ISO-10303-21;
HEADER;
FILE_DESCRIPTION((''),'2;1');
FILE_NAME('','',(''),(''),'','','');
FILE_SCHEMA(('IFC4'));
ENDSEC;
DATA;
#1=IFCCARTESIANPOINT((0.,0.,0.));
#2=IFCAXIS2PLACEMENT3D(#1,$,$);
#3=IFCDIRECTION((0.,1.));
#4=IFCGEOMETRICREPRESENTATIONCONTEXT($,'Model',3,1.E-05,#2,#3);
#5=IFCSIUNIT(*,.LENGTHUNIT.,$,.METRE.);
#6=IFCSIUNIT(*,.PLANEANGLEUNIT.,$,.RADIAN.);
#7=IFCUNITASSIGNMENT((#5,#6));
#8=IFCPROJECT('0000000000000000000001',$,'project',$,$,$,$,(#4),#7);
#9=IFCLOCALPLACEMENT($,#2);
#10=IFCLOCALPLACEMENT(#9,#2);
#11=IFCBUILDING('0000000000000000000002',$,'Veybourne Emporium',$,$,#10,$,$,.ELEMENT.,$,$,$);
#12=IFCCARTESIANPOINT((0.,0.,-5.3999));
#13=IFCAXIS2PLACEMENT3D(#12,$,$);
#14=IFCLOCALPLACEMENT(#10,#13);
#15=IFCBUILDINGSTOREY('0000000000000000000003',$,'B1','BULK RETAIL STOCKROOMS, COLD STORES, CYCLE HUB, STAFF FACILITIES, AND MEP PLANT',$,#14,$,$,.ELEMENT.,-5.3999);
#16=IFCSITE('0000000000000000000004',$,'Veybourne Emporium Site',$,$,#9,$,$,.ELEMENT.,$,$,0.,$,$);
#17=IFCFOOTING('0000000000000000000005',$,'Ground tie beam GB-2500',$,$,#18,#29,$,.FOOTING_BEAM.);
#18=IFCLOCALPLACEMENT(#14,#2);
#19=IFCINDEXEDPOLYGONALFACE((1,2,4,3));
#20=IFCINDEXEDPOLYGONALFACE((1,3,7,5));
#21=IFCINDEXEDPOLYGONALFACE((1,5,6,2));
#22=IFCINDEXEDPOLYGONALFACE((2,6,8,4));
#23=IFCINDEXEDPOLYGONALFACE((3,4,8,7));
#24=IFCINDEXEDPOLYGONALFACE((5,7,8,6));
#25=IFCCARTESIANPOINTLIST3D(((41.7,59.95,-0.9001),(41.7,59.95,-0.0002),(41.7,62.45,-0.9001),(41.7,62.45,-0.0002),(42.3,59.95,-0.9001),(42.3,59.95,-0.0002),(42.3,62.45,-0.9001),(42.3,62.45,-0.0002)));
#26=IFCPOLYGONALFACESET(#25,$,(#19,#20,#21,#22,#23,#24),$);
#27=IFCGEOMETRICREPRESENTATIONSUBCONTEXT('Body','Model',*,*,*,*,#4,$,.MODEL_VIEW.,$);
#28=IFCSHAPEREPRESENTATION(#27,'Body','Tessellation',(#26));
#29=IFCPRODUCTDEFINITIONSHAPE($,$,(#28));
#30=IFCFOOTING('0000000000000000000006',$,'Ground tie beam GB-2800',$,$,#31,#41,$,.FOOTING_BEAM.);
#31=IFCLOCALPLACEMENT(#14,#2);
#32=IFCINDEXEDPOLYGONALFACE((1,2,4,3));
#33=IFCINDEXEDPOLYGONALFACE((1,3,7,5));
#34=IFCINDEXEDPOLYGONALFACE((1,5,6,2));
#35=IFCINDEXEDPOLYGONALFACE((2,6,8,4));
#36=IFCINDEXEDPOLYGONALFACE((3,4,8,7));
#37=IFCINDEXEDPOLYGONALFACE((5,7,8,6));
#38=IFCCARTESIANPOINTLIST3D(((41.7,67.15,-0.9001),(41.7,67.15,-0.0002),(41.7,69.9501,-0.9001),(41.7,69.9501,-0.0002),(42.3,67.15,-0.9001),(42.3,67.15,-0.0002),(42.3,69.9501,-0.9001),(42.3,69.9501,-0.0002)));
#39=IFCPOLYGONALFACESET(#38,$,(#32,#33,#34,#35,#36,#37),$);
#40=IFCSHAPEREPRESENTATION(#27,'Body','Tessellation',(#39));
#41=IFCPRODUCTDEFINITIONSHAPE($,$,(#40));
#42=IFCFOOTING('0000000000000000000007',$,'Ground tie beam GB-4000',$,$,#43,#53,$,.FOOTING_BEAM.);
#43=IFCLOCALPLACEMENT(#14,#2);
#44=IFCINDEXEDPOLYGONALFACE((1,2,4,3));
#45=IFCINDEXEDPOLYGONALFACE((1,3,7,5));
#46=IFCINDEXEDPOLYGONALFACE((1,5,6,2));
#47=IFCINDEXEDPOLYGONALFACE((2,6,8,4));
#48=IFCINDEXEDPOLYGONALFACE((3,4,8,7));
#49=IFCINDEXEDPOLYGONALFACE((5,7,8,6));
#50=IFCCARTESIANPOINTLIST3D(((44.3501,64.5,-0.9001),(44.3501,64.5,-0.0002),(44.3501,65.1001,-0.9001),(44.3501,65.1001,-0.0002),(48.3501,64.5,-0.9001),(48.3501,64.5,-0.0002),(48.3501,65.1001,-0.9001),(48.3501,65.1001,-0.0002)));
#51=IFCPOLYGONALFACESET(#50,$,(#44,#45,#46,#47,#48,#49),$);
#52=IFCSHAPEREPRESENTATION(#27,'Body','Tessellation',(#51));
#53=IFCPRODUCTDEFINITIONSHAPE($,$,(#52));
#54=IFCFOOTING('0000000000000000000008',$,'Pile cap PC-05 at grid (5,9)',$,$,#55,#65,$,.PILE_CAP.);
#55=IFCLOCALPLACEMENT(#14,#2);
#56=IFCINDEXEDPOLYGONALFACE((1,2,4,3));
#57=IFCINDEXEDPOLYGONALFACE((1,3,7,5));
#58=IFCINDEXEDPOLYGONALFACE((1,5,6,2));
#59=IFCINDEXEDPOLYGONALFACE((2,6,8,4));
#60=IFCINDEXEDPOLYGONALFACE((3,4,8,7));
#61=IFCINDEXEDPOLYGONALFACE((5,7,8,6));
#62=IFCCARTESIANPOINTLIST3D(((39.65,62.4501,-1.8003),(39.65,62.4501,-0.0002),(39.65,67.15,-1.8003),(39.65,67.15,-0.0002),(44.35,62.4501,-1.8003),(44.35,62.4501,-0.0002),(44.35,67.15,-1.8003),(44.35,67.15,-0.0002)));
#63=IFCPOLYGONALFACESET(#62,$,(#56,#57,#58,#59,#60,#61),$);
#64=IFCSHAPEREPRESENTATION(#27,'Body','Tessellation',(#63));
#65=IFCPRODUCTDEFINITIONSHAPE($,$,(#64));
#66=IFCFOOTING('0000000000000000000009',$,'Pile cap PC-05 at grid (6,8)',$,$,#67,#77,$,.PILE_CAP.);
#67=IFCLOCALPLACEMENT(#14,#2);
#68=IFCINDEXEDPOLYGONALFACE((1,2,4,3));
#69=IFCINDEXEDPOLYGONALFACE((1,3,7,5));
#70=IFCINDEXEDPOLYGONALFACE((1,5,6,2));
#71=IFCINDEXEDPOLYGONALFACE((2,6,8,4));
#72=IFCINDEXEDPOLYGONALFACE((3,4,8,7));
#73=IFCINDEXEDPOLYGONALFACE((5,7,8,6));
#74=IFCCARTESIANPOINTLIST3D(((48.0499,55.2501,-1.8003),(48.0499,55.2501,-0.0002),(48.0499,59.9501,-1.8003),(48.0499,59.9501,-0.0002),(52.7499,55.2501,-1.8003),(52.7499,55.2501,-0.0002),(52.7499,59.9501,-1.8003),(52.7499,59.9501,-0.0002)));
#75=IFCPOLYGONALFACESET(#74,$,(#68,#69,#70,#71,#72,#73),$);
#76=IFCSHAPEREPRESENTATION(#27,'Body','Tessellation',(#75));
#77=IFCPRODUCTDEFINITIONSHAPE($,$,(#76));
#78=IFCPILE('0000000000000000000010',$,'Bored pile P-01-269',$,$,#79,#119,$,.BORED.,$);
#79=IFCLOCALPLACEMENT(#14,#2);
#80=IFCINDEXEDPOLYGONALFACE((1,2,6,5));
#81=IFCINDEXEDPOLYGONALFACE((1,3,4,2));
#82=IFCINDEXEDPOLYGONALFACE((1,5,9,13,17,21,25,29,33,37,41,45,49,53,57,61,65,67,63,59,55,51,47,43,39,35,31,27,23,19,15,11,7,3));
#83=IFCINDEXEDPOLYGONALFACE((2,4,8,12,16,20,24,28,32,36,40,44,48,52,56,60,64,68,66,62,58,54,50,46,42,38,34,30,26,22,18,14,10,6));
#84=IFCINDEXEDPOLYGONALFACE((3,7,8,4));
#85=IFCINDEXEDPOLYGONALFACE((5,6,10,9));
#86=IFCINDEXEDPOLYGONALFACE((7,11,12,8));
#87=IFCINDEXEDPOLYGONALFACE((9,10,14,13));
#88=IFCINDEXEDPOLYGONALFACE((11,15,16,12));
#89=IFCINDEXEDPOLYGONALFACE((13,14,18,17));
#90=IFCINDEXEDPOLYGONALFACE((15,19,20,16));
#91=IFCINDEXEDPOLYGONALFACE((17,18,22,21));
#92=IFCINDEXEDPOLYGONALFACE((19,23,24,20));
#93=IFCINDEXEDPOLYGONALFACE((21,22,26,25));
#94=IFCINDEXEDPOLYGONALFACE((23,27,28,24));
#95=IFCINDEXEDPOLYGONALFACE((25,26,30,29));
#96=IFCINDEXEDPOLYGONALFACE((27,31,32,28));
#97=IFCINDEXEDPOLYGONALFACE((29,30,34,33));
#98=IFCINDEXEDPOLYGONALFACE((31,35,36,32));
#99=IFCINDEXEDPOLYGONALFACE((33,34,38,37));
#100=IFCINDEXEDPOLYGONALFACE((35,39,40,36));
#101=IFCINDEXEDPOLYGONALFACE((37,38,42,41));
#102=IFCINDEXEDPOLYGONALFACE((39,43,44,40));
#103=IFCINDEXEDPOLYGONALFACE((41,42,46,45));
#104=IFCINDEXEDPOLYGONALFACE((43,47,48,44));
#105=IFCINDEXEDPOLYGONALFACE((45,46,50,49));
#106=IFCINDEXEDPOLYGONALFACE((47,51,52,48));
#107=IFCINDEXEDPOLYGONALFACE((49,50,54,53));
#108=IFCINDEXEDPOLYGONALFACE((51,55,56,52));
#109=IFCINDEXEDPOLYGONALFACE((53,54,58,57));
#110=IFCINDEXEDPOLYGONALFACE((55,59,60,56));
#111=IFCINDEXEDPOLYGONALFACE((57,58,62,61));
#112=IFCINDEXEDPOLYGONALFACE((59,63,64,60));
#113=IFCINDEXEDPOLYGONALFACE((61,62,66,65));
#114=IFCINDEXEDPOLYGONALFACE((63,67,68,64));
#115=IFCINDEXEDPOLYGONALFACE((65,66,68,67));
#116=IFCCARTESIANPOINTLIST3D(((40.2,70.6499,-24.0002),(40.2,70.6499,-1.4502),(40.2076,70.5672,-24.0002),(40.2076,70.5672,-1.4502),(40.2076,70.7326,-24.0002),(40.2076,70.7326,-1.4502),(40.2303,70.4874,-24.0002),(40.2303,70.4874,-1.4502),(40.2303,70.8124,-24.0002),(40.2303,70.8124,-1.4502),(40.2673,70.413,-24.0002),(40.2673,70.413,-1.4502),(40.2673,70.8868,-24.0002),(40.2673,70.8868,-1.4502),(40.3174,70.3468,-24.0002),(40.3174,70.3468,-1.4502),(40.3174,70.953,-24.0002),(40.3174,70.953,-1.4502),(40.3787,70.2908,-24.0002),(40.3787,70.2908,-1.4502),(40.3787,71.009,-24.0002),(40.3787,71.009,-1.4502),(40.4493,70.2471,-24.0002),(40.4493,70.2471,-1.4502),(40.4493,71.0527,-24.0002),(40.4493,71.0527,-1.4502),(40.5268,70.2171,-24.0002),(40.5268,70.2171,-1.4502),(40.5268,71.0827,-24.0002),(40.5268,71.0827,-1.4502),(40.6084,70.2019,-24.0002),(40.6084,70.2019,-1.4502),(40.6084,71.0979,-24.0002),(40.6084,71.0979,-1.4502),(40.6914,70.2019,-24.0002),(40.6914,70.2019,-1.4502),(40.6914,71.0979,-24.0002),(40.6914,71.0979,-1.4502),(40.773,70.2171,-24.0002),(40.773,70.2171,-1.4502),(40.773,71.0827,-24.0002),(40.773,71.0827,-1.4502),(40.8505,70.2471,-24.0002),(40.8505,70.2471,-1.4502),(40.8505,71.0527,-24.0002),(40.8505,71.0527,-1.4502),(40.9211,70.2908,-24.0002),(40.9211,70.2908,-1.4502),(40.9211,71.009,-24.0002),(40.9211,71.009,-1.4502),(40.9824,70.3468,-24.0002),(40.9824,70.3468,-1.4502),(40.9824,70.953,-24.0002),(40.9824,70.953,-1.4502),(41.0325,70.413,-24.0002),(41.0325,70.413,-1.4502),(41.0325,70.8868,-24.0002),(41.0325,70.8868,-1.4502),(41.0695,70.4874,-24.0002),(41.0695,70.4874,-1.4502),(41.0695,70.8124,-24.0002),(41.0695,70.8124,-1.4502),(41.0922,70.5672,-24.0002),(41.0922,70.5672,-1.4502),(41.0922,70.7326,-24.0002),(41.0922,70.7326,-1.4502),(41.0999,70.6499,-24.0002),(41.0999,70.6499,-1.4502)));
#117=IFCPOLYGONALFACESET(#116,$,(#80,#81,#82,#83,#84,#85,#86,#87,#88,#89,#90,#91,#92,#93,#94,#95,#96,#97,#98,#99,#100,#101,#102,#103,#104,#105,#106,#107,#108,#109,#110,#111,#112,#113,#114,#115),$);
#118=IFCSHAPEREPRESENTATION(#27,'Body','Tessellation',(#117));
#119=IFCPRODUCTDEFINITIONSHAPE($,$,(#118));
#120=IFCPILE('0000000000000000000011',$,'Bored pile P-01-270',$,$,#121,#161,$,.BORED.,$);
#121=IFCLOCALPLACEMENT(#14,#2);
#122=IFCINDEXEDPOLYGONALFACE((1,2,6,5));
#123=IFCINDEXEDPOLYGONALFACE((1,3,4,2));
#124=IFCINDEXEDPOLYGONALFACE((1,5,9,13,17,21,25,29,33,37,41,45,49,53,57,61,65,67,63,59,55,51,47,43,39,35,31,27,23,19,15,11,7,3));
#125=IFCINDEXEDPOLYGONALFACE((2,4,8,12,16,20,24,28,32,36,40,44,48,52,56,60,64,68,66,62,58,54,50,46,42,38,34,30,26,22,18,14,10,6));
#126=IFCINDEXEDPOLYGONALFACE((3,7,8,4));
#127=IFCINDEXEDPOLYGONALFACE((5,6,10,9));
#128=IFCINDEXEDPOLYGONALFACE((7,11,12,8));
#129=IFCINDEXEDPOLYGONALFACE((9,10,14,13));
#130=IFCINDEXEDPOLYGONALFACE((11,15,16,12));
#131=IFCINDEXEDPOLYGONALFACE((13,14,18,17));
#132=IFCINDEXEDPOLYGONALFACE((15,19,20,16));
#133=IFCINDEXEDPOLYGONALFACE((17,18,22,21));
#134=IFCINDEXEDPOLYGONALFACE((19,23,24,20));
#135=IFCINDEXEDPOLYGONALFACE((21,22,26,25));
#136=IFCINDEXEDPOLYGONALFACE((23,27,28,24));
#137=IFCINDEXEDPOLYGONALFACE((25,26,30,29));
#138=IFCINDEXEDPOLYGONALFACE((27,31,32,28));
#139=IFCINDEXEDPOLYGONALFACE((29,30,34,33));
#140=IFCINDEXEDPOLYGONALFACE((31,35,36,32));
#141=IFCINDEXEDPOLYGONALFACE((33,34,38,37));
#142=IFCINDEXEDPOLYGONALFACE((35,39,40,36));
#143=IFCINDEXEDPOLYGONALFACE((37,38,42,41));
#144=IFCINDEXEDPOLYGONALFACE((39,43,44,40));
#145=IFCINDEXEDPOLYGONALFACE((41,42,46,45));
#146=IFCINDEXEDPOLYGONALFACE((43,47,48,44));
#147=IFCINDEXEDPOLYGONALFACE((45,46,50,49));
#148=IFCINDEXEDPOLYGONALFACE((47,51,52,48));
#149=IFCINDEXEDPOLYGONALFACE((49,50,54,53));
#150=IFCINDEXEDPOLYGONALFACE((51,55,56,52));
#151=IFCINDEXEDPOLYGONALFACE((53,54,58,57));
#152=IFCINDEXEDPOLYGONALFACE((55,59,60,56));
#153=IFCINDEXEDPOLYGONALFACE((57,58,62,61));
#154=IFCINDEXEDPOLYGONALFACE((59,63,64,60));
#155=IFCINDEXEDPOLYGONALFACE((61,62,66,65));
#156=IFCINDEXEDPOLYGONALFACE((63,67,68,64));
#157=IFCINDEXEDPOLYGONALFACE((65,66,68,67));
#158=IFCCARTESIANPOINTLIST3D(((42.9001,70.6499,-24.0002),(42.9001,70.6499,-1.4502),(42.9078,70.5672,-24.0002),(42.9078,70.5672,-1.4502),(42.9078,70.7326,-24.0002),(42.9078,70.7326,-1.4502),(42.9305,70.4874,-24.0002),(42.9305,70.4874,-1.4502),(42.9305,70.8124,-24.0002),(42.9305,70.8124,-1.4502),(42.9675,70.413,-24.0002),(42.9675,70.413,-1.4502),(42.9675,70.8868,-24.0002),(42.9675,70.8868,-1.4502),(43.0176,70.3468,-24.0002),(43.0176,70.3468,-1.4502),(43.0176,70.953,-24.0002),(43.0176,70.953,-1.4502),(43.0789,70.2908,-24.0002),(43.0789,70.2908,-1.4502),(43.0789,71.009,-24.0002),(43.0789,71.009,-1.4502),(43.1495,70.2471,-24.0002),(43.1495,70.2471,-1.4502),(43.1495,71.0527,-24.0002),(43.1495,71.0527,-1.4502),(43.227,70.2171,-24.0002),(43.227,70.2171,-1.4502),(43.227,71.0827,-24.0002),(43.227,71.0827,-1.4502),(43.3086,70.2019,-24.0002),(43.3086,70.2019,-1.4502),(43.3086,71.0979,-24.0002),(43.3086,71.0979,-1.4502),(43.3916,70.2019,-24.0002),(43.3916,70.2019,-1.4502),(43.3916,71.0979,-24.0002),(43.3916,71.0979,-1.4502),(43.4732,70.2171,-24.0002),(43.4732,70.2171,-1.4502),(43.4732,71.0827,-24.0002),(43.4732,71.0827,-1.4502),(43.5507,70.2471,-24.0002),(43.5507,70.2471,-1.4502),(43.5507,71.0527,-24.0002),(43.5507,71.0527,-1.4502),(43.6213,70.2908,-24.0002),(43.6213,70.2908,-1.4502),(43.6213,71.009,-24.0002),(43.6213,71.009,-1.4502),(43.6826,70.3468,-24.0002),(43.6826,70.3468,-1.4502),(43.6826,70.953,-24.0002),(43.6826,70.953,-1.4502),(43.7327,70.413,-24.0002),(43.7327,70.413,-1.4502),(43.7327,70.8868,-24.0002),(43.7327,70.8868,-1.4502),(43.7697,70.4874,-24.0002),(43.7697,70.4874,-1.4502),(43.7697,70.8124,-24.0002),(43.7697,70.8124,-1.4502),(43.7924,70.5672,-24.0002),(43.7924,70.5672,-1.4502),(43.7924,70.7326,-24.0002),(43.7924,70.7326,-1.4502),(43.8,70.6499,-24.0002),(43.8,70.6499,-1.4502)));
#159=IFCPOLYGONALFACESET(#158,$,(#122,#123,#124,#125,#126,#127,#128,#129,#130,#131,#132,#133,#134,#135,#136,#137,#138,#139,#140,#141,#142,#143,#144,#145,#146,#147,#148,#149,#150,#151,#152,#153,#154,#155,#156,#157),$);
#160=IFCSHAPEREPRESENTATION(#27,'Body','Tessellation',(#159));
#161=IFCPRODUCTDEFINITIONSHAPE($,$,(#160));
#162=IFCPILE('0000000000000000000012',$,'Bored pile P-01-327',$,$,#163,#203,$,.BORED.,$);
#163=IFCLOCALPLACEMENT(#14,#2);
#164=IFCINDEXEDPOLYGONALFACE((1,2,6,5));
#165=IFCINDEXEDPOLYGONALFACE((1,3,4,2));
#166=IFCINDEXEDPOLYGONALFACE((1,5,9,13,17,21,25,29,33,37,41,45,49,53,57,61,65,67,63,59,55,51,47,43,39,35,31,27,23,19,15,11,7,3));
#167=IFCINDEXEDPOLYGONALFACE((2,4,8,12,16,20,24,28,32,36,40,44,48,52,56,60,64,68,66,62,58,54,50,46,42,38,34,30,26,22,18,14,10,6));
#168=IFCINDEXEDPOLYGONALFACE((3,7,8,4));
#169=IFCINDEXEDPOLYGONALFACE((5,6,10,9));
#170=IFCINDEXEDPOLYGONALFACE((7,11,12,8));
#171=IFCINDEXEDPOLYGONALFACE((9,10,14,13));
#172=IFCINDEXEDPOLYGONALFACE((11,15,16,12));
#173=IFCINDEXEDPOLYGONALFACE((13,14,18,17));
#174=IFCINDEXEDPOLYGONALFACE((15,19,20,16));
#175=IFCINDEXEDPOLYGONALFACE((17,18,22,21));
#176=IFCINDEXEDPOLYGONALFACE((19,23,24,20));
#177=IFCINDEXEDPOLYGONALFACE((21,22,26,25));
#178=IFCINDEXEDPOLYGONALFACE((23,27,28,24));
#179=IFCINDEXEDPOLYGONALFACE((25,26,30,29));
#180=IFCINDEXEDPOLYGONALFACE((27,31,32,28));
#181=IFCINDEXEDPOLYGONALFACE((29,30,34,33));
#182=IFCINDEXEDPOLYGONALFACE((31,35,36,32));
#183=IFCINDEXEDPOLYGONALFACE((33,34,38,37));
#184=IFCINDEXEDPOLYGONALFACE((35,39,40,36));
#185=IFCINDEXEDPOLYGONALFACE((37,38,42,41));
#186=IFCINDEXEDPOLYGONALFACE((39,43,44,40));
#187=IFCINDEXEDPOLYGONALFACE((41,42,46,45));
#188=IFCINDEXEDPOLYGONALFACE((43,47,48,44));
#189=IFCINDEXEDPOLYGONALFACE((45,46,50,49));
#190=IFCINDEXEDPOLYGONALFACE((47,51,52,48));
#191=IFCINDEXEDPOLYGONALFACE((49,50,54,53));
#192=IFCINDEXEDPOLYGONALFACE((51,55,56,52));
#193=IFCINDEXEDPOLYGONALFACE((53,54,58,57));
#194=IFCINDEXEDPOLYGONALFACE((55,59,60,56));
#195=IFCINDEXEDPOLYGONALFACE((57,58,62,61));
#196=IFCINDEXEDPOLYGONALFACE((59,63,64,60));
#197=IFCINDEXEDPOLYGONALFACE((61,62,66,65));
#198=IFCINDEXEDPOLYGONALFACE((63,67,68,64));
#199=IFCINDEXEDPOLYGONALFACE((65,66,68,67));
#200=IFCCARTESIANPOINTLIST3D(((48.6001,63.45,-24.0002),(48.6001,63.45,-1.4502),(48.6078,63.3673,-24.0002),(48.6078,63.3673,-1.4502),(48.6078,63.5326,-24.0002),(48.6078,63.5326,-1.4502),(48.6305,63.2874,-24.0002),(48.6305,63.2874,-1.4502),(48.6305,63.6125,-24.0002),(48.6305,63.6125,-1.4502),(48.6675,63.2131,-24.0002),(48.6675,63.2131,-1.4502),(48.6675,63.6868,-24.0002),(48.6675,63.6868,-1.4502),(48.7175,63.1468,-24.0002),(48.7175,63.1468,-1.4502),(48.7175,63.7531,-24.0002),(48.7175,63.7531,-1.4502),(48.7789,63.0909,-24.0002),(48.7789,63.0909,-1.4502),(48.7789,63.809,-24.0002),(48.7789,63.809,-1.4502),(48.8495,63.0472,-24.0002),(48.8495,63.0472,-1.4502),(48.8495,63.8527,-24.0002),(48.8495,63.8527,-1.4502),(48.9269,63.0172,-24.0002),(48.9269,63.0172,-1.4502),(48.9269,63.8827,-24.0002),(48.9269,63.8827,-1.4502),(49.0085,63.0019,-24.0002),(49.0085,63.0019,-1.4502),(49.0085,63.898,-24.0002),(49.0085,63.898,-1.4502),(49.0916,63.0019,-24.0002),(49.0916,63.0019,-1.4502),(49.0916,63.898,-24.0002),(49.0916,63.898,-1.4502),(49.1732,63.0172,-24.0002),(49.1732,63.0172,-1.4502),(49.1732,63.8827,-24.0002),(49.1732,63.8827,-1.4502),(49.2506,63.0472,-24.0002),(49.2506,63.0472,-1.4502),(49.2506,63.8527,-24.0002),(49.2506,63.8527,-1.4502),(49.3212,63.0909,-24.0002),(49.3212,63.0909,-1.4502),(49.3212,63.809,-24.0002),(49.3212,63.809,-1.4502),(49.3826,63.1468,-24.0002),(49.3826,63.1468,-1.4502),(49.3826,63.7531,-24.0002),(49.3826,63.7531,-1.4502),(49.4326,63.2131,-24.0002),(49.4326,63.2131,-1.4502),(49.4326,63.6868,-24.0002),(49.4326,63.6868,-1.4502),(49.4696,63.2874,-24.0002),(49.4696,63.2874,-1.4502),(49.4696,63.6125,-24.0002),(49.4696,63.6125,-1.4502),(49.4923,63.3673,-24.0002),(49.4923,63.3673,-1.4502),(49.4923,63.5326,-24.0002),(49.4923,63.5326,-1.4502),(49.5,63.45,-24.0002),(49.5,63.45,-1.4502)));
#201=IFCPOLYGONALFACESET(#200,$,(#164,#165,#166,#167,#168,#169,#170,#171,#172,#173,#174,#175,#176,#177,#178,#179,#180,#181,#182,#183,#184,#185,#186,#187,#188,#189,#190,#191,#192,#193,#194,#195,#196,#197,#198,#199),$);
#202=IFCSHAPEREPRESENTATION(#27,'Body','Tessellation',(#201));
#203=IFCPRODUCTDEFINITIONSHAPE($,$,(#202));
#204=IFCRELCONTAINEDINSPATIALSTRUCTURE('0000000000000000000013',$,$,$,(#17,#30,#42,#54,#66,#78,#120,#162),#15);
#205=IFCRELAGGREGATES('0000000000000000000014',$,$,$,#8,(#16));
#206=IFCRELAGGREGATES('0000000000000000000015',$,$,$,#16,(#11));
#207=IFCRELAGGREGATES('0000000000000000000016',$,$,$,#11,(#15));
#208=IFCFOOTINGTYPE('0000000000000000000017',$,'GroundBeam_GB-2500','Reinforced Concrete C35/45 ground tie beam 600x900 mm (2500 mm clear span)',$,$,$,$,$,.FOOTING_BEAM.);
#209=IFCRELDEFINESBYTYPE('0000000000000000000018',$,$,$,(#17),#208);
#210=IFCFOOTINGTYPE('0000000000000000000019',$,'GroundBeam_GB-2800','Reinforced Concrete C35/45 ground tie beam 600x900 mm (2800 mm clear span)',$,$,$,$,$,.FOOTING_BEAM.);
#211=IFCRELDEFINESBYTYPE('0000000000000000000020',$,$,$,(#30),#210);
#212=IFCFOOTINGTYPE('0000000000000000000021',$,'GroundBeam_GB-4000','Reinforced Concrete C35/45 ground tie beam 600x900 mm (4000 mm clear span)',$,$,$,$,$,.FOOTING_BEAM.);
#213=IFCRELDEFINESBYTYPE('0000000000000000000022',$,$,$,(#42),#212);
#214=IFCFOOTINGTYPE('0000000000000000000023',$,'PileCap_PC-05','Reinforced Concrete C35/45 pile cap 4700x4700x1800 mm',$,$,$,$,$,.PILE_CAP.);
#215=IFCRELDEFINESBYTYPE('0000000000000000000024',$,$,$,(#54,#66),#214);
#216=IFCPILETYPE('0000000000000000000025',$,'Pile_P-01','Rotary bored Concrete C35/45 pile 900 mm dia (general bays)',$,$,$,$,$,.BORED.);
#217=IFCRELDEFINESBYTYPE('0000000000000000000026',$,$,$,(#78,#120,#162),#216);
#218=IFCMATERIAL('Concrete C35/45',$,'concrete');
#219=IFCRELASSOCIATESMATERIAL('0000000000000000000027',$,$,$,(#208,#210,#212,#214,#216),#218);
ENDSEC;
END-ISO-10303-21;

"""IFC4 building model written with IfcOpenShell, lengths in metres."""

from ifc_helpers import new_model, si_unit, direction, frame, origin, origin_2d, place, context, subcontext, project, spatial, rectangle, circle, extrude, material, material_profile, profile_set, type_object, element, save


model = new_model("IFC4")

# Units and contexts
model_context = context("Model", 3, precision=1e-05, world=origin(), true_north=direction((0.0, 1.0)))
body_context = subcontext(model_context, "Body", "Model", "MODEL_VIEW")
ifc_project = project(units=[si_unit("LENGTHUNIT", "METRE"), si_unit("PLANEANGLEUNIT", "RADIAN")], contexts=[model_context])

# Site, building, storey
site_placement = place(None, origin())
site = spatial("IfcSite", under=ifc_project, at=site_placement, Name="Veybourne Emporium Site", CompositionType="ELEMENT", RefElevation=0.0)
building_placement = place(site_placement, origin())
building = spatial("IfcBuilding", under=site, at=building_placement, Name="Veybourne Emporium", CompositionType="ELEMENT")
storey_placement = place(building_placement, frame((0.0, 0.0, -5.3999)))
storey = spatial("IfcBuildingStorey", under=building, at=storey_placement, Name="B1", Description="BULK RETAIL STOCKROOMS, COLD STORES, CYCLE HUB, STAFF FACILITIES, AND MEP PLANT", CompositionType="ELEMENT", Elevation=-5.3999)

# Footings
ifc_material_1 = material(Name="Concrete C35/45", Category="concrete")
footing_type_1 = type_object("IfcFootingType", Name="GroundBeam_GB-2500", Description="Reinforced Concrete C35/45 ground tie beam 600x900 mm (2500 mm clear span)", PredefinedType="FOOTING_BEAM", material=ifc_material_1)
footing_1_placement = place(storey_placement, frame((42.0, 61.2, -0.9001), z_axis=(0.0, 0.0, 1.0), x_axis=(0.0, 1.0, 0.0)))
element("IfcFooting", 1, at=footing_1_placement, inside=storey, type_object=footing_type_1, Name="Ground tie beam GB-2500", PredefinedType="FOOTING_BEAM", context=body_context, shape_type="SweptSolid", body=[
    extrude(rectangle(XDim=2.5, YDim=0.6001, at=origin_2d()), origin(), (0.0, 0.0, 1.0), 0.8999),
])
footing_type_2 = type_object("IfcFootingType", Name="GroundBeam_GB-2800", Description="Reinforced Concrete C35/45 ground tie beam 600x900 mm (2800 mm clear span)", PredefinedType="FOOTING_BEAM", material=ifc_material_1)
footing_2_placement = place(storey_placement, frame((42.0, 68.55, -0.9001), z_axis=(0.0, 0.0, 1.0), x_axis=(0.0, 1.0, 0.0)))
element("IfcFooting", 2, at=footing_2_placement, inside=storey, type_object=footing_type_2, Name="Ground tie beam GB-2800", PredefinedType="FOOTING_BEAM", context=body_context, shape_type="SweptSolid", body=[
    extrude(rectangle(XDim=2.8, YDim=0.6001, at=origin_2d()), origin(), (0.0, 0.0, 1.0), 0.8999),
])
footing_type_3 = type_object("IfcFootingType", Name="GroundBeam_GB-4000", Description="Reinforced Concrete C35/45 ground tie beam 600x900 mm (4000 mm clear span)", PredefinedType="FOOTING_BEAM", material=ifc_material_1)
footing_3_placement = place(storey_placement, frame((46.3501, 64.8, -0.9001), z_axis=(0.0, 0.0, 1.0), x_axis=(1.0, 0.0, 0.0)))
element("IfcFooting", 3, at=footing_3_placement, inside=storey, type_object=footing_type_3, Name="Ground tie beam GB-4000", PredefinedType="FOOTING_BEAM", context=body_context, shape_type="SweptSolid", body=[
    extrude(rectangle(XDim=4.0, YDim=0.6001, at=origin_2d()), origin(), (0.0, 0.0, 1.0), 0.8999),
])
footing_type_4 = type_object("IfcFootingType", Name="PileCap_PC-05", Description="Reinforced Concrete C35/45 pile cap 4700x4700x1800 mm", PredefinedType="PILE_CAP", material=ifc_material_1)
for number, where, z_axis, x_axis, name in (
    (4, (42.0, 64.8, -1.8003), (0.0, 0.0, 1.0), (1.0, 0.0, 0.0), "Pile cap PC-05 at grid (5,9)"),
    (5, (50.3999, 57.6001, -1.8003), (0.0, 0.0, 1.0), (1.0, 0.0, 0.0), "Pile cap PC-05 at grid (6,8)"),
):
    element("IfcFooting", number, at=place(storey_placement, frame(where, z_axis=z_axis, x_axis=x_axis)), inside=storey, type_object=footing_type_4, Name=name, PredefinedType="PILE_CAP", context=body_context, shape_type="SweptSolid", body=[
        extrude(rectangle(XDim=4.7, YDim=4.7, at=origin_2d()), origin(), (0.0, 0.0, 1.0), 1.8),
    ])

# Piles
ifc_material_profile_1 = material_profile(ifc_material_1, circle(Radius=0.45, at=origin_2d()), Name="BORED PILE 900")
ifc_profile_set_1 = profile_set([ifc_material_profile_1], Name="Concrete C35/45")
pile_type_1 = type_object("IfcPileType", Name="Pile_P-01", Description="Rotary bored Concrete C35/45 pile 900 mm dia (general bays)", PredefinedType="BORED", material=ifc_profile_set_1)
for number, where, z_axis, x_axis, name in (
    (6, (40.6499, 70.6499, -1.4502), (0.0, 0.0, -1.0), (1.0, 0.0, 0.0), "Bored pile P-01-269"),
    (7, (43.3501, 70.6499, -1.4502), (0.0, 0.0, -1.0), (1.0, 0.0, 0.0), "Bored pile P-01-270"),
    (8, (49.05, 63.45, -1.4502), (0.0, 0.0, -1.0), (1.0, 0.0, 0.0), "Bored pile P-01-327"),
):
    element("IfcPile", number, at=place(storey_placement, frame(where, z_axis=z_axis, x_axis=x_axis)), inside=storey, type_object=pile_type_1, Name=name, PredefinedType="BORED", context=body_context, shape_type="SweptSolid", body=[
        extrude(circle(Radius=0.45, at=origin_2d()), origin(), (0.0, 0.0, 1.0), 22.55),
    ])

save(model, "model.ifc")
